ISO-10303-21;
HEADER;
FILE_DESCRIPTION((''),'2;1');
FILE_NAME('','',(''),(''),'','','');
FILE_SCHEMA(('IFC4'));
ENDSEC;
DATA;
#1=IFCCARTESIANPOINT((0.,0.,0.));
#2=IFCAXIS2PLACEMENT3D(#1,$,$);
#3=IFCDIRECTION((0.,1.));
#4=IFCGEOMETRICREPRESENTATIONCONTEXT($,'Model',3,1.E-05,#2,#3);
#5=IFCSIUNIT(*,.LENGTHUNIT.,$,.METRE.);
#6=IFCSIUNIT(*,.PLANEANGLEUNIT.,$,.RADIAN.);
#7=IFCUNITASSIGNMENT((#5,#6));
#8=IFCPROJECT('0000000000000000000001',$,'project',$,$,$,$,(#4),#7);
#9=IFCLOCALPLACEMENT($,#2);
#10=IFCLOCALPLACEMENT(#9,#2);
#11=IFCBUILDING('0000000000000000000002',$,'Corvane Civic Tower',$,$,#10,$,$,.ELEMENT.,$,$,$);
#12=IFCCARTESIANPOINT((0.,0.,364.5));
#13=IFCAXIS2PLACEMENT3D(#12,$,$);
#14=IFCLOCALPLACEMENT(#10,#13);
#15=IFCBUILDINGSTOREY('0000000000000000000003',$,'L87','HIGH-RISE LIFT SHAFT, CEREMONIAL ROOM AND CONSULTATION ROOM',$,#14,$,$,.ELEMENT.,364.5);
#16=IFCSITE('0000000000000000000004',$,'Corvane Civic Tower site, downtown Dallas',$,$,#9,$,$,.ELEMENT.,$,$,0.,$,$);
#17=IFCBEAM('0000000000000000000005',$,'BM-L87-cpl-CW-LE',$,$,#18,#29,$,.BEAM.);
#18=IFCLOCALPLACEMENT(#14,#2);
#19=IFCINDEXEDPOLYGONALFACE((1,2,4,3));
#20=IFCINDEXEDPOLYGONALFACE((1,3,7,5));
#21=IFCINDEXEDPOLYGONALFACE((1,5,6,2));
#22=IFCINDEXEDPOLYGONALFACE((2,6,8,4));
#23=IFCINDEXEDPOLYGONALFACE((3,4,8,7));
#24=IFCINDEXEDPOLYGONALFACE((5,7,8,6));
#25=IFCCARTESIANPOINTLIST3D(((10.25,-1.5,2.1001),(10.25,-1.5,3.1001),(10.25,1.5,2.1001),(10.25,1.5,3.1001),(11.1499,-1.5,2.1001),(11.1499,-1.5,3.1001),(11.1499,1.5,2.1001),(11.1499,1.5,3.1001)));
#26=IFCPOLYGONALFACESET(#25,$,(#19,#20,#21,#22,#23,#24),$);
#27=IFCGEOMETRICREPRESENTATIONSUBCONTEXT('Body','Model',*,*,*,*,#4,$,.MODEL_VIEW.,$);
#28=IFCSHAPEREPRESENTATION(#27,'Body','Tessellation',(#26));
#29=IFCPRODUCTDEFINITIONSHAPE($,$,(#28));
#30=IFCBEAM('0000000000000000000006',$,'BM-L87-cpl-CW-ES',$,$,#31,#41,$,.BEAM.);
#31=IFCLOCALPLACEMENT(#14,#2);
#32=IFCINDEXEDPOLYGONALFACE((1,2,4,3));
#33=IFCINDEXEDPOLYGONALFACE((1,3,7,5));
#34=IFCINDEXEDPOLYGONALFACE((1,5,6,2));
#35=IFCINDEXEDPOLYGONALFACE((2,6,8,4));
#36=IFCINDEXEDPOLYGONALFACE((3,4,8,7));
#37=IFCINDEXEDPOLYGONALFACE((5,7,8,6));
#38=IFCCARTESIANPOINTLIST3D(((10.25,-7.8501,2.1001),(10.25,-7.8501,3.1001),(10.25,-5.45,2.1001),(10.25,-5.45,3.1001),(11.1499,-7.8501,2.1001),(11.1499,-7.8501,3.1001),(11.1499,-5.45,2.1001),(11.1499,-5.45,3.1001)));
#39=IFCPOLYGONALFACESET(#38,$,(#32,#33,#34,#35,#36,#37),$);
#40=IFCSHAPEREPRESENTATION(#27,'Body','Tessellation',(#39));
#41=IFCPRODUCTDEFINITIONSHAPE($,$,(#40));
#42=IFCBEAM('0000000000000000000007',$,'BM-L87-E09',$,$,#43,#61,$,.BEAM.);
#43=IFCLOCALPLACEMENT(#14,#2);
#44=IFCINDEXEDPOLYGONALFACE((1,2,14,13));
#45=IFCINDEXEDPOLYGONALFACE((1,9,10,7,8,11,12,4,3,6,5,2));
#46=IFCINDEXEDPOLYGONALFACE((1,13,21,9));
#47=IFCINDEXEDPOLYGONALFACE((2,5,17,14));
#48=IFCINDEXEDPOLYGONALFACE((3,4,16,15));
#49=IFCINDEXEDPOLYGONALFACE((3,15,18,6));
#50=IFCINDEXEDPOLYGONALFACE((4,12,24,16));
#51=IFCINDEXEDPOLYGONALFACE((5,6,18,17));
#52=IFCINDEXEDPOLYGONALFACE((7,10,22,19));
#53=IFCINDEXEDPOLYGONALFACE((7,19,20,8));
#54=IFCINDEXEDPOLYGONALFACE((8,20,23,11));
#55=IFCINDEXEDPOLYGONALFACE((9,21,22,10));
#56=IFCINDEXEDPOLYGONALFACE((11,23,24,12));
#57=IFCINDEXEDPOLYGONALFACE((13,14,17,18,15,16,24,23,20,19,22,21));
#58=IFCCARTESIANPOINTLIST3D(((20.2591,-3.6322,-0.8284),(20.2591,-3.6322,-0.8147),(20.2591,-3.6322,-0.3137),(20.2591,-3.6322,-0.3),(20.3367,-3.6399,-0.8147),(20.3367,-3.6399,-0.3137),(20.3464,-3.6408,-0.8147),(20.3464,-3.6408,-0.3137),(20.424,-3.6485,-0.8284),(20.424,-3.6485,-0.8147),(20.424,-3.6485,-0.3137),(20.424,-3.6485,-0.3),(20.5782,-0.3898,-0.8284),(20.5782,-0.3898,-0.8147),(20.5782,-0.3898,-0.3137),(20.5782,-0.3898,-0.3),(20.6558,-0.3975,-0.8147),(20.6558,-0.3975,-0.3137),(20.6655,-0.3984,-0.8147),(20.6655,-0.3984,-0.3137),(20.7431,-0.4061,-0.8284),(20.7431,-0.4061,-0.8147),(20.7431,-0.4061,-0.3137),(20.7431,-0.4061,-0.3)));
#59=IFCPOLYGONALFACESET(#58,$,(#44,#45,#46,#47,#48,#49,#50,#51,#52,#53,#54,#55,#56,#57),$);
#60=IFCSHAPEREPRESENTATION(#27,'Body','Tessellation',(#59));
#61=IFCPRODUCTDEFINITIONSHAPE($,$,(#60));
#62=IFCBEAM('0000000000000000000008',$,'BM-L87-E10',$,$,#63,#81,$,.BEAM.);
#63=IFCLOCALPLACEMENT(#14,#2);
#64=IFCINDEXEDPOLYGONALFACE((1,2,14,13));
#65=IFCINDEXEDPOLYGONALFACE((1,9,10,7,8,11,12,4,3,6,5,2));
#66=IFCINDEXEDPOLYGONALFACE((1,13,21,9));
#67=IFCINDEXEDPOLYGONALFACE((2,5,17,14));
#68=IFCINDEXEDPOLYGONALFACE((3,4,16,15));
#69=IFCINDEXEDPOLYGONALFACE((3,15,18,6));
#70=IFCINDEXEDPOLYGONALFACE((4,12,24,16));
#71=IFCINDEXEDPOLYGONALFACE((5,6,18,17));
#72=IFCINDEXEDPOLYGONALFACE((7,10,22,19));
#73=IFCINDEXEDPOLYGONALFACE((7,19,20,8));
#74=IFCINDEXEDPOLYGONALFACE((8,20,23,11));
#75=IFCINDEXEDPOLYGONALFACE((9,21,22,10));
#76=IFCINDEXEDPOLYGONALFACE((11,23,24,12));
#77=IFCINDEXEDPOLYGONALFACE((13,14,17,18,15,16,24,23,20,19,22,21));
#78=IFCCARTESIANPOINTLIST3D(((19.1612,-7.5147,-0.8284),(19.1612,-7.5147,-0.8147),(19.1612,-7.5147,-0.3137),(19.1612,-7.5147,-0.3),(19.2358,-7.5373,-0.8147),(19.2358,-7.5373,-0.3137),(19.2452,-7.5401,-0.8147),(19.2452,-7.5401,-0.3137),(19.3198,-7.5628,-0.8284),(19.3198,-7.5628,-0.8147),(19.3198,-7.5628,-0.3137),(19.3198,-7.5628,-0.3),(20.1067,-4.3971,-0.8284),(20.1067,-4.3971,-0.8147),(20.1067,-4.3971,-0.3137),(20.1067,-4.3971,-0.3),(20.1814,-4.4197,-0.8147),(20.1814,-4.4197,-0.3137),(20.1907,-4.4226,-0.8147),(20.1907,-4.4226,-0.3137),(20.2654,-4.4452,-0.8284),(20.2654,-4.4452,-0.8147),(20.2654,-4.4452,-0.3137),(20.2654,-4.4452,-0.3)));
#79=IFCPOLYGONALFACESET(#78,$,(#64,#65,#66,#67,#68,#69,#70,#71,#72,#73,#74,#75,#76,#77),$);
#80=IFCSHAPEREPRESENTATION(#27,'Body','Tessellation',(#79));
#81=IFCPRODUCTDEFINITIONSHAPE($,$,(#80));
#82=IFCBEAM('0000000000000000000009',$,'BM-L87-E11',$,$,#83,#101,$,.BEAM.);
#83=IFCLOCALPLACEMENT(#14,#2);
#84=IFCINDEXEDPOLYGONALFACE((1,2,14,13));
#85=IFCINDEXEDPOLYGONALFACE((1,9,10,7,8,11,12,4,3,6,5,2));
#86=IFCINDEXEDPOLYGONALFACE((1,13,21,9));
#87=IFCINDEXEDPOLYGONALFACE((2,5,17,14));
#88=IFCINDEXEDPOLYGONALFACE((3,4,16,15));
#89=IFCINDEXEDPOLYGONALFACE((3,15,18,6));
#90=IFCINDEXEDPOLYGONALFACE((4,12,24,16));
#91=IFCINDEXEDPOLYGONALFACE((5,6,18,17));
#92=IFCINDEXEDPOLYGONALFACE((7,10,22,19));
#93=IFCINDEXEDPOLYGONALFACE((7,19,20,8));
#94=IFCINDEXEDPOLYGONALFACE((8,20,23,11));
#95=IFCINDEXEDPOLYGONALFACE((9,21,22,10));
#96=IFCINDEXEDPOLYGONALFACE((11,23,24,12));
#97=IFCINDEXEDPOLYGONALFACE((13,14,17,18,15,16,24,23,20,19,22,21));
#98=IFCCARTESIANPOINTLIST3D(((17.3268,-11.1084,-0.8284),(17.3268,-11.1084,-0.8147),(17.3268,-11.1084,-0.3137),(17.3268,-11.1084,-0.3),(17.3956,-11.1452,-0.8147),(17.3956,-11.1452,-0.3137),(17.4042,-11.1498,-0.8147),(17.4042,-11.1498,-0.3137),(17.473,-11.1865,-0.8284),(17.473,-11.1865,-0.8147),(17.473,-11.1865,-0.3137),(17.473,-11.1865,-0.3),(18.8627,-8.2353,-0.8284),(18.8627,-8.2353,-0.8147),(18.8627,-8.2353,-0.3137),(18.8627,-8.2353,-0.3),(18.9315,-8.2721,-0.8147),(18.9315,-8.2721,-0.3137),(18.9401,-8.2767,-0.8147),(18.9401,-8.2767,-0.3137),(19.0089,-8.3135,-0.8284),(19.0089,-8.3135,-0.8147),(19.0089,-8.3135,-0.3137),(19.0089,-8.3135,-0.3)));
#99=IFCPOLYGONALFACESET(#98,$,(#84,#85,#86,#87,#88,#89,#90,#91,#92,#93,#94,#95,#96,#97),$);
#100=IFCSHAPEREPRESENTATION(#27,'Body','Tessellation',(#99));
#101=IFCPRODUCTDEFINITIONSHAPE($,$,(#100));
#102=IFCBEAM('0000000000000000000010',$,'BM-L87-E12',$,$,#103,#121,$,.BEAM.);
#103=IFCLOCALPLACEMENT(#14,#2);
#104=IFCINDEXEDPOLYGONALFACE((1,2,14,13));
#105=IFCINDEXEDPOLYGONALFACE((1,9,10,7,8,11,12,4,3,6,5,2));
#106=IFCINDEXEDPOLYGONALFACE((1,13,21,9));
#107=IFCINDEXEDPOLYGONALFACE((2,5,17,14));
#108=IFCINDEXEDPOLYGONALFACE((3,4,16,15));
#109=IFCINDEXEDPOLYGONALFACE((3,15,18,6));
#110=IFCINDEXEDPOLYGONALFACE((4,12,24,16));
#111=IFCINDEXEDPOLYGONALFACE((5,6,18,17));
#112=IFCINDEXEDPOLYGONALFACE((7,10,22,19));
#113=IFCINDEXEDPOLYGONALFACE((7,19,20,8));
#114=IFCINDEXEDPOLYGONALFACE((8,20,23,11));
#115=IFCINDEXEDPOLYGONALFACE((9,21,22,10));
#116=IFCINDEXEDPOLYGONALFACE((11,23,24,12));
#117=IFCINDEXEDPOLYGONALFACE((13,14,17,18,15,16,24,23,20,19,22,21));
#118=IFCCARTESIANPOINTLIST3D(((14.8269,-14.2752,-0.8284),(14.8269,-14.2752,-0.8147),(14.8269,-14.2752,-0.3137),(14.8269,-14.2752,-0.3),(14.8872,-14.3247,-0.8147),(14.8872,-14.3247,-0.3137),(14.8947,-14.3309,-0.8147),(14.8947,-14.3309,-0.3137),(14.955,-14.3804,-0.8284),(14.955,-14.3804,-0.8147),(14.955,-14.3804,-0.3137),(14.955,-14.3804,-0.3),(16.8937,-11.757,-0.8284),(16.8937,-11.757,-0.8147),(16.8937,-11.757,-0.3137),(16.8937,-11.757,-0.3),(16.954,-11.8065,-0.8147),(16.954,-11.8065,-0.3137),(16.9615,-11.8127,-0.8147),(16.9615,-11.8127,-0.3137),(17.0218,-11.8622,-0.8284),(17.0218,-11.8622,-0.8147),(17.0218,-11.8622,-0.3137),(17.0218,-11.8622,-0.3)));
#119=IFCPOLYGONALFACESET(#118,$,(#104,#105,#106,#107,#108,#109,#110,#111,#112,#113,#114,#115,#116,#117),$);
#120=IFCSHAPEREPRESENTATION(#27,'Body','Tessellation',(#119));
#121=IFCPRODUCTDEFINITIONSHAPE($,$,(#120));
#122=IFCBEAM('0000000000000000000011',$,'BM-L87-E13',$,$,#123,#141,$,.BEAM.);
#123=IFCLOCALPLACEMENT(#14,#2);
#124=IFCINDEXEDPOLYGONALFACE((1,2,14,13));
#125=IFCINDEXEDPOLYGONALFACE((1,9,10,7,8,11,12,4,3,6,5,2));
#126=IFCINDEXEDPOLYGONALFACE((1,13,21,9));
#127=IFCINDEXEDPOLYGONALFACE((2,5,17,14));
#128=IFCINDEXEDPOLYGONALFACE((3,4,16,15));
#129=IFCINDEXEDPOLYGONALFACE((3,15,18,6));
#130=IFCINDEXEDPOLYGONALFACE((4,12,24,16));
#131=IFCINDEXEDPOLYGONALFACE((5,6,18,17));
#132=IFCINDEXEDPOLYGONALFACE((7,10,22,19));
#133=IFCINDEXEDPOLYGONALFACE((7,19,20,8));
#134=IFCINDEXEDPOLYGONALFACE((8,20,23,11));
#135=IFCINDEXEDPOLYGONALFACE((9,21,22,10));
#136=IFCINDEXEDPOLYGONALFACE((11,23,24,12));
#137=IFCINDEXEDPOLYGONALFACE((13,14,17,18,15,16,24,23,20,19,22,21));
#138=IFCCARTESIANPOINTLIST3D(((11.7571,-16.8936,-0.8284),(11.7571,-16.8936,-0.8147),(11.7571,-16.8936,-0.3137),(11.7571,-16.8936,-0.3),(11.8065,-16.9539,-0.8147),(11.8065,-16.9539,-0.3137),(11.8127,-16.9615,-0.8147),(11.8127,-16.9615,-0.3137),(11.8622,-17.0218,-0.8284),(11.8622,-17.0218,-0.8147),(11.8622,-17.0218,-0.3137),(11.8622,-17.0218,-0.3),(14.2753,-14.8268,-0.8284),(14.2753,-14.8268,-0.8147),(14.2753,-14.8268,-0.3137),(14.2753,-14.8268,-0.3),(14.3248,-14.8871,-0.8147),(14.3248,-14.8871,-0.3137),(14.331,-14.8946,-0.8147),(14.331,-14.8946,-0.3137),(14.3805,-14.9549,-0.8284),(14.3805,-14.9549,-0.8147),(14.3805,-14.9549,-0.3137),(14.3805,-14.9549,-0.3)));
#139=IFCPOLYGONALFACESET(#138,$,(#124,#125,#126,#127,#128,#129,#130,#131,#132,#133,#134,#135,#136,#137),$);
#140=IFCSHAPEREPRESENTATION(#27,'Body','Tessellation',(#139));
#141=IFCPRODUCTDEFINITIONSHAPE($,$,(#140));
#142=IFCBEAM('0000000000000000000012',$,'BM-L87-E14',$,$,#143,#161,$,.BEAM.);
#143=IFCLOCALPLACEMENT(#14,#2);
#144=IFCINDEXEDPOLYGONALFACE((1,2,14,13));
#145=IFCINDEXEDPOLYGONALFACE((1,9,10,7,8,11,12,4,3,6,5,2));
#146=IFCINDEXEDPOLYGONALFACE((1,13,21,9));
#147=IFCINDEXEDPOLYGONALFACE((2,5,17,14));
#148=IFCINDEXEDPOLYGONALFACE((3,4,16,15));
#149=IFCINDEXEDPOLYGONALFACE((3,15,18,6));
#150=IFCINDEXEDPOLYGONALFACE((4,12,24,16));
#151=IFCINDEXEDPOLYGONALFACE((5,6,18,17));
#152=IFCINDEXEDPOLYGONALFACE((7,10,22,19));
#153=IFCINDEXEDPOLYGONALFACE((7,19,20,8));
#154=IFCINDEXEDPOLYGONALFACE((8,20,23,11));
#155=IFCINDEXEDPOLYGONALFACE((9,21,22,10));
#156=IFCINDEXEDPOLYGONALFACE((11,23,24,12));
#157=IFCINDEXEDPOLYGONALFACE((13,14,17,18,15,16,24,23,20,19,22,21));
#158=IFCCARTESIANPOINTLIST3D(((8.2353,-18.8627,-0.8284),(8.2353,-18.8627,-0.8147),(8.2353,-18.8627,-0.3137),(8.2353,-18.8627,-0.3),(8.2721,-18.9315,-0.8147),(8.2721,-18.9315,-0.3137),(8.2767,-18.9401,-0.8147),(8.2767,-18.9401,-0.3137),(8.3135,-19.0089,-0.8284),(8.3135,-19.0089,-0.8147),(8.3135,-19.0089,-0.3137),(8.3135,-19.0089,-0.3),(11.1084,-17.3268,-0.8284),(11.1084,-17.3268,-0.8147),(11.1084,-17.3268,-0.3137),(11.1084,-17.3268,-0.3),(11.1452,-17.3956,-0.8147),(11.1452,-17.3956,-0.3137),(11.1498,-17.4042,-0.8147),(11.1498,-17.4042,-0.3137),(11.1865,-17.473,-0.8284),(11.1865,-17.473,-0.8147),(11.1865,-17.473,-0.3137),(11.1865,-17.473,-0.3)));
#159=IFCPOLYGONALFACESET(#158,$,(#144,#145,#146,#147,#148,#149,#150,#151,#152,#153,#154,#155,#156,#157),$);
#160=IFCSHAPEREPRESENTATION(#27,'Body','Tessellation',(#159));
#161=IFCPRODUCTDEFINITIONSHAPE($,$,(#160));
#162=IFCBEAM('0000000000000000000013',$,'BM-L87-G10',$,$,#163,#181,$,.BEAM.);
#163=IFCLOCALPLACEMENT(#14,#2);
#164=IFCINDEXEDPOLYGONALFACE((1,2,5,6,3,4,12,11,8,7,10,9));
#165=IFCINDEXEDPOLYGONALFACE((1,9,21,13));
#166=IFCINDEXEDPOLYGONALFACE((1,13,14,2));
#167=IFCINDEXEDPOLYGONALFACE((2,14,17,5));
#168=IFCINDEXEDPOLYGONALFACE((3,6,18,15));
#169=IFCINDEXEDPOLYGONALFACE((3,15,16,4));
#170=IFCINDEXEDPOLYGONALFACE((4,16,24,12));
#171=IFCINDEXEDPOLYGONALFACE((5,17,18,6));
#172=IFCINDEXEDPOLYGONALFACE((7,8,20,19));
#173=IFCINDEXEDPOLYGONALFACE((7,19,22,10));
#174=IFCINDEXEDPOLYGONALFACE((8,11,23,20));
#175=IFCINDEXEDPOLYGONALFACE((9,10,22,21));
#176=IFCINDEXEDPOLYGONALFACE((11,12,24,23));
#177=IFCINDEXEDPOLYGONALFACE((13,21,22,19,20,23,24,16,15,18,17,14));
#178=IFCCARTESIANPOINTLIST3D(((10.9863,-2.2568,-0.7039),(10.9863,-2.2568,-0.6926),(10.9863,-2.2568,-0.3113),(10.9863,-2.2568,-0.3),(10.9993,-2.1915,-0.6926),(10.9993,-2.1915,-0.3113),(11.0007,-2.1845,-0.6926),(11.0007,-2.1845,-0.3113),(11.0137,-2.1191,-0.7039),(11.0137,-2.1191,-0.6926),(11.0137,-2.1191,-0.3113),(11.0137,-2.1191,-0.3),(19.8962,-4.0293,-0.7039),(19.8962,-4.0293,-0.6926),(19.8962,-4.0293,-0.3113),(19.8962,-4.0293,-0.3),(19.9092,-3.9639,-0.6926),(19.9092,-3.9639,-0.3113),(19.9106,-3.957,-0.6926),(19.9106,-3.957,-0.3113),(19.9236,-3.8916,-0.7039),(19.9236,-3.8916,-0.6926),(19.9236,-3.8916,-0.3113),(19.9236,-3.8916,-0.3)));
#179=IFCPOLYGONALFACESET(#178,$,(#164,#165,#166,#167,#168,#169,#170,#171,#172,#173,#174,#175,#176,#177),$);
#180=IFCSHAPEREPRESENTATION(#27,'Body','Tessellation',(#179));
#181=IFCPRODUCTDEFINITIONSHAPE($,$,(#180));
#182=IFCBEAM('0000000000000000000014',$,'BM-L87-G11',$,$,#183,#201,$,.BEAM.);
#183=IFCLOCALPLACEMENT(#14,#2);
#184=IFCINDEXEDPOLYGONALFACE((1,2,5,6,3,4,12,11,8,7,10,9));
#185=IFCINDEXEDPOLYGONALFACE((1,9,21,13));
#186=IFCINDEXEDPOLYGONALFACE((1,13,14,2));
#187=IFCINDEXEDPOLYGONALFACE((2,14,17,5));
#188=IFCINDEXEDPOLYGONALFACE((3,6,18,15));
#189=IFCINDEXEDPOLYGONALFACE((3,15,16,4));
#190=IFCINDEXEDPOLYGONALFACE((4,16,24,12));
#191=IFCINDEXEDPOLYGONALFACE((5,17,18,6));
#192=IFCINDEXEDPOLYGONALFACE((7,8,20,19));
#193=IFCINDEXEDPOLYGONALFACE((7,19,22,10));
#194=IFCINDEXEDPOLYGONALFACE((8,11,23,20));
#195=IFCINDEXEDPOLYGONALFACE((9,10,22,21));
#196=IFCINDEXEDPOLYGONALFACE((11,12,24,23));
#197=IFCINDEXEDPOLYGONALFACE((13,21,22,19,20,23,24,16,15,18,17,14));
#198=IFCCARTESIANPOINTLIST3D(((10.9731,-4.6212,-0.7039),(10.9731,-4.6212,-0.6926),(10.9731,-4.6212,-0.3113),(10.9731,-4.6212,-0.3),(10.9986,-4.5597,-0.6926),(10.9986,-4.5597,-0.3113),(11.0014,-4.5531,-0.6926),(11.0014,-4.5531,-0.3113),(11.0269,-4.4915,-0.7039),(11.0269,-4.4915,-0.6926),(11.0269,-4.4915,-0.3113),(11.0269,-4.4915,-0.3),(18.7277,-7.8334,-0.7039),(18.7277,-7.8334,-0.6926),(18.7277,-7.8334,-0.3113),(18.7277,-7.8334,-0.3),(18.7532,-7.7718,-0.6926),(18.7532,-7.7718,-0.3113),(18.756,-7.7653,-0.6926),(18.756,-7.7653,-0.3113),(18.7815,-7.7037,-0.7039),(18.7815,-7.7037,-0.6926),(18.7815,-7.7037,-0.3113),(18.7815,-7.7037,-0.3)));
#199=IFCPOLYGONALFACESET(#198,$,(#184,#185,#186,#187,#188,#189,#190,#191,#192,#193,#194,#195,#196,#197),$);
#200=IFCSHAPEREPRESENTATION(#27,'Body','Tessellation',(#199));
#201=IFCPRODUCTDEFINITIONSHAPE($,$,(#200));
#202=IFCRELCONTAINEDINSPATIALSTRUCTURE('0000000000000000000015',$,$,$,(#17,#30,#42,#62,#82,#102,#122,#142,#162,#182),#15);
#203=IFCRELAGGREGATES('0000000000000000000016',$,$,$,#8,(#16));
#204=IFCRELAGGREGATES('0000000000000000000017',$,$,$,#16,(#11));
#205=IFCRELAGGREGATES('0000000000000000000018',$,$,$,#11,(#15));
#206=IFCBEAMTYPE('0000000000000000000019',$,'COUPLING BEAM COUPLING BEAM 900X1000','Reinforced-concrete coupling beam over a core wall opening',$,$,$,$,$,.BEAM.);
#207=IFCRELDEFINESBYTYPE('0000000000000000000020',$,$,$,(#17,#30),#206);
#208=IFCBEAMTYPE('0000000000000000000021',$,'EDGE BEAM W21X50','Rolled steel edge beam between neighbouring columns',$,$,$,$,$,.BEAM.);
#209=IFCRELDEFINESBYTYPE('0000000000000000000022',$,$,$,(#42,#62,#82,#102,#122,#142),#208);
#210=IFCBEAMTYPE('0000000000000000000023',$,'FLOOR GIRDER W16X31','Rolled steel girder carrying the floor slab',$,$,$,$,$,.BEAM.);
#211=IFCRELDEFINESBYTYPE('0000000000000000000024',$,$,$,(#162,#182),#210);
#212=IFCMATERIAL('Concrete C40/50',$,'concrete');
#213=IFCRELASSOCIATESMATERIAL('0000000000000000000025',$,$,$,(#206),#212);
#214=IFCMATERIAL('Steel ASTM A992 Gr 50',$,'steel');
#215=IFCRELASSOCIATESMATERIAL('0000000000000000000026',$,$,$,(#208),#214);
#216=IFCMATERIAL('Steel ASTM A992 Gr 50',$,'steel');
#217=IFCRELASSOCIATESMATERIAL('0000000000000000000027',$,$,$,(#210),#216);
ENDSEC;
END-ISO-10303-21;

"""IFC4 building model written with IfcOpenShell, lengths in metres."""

from ifc_helpers import new_model, si_unit, direction, frame, origin, origin_2d, place, context, subcontext, project, spatial, rectangle, i_section, extrude, material, material_profile, profile_set, type_object, element, save


model = new_model("IFC4")

# Units and contexts
model_context = context("Model", 3, precision=1e-05, world=origin(), true_north=direction((0.0, 1.0)))
body_context = subcontext(model_context, "Body", "Model", "MODEL_VIEW")
ifc_project = project(units=[si_unit("LENGTHUNIT", "METRE"), si_unit("PLANEANGLEUNIT", "RADIAN")], contexts=[model_context])

# Site, building, storey
site_placement = place(None, origin())
site = spatial("IfcSite", under=ifc_project, at=site_placement, Name="Corvane Civic Tower site, downtown Dallas", CompositionType="ELEMENT", RefElevation=0.0)
building_placement = place(site_placement, origin())
building = spatial("IfcBuilding", under=site, at=building_placement, Name="Corvane Civic Tower", CompositionType="ELEMENT")
storey_placement = place(building_placement, frame((0.0, 0.0, 364.5)))
storey = spatial("IfcBuildingStorey", under=building, at=storey_placement, Name="L87", Description="HIGH-RISE LIFT SHAFT, CEREMONIAL ROOM AND CONSULTATION ROOM", CompositionType="ELEMENT", Elevation=364.5)

# Beams
ifc_material_1 = material(Name="Concrete C40/50", Category="concrete")
ifc_material_profile_1 = material_profile(ifc_material_1, rectangle(XDim=0.8999, YDim=1.0, at=origin_2d()), Name="COUPLING BEAM 900X1000")
ifc_profile_set_1 = profile_set([ifc_material_profile_1], Name="Concrete C40/50")
beam_type_1 = type_object("IfcBeamType", Name="COUPLING BEAM COUPLING BEAM 900X1000", Description="Reinforced-concrete coupling beam over a core wall opening", PredefinedType="BEAM", material=ifc_profile_set_1)
beam_1_placement = place(storey_placement, frame((10.7, -1.5, 2.6001), z_axis=(0.0, 1.0, 0.0), x_axis=(-1.0, 0.0, 0.0)))
element("IfcBeam", 1, at=beam_1_placement, inside=storey, type_object=beam_type_1, Name="BM-L87-cpl-CW-LE", PredefinedType="BEAM", context=body_context, shape_type="SweptSolid", body=[
    extrude(rectangle(XDim=0.8999, YDim=1.0, at=origin_2d()), origin(), (0.0, 0.0, 1.0), 3.0),
])
beam_2_placement = place(storey_placement, frame((10.7, -7.8501, 2.6001), z_axis=(0.0, 1.0, 0.0), x_axis=(-1.0, 0.0, 0.0)))
element("IfcBeam", 2, at=beam_2_placement, inside=storey, type_object=beam_type_1, Name="BM-L87-cpl-CW-ES", PredefinedType="BEAM", context=body_context, shape_type="SweptSolid", body=[
    extrude(rectangle(XDim=0.8999, YDim=1.0, at=origin_2d()), origin(), (0.0, 0.0, 1.0), 2.4001),
])
ifc_material_2 = material(Name="Steel ASTM A992 Gr 50", Category="steel")
ifc_material_profile_2 = material_profile(ifc_material_2, i_section(OverallWidth=0.1658, OverallDepth=0.5283, WebThickness=0.0098, FlangeThickness=0.0137, at=origin_2d()), Name="W21X50")
ifc_profile_set_2 = profile_set([ifc_material_profile_2], Name="Steel ASTM A992 Gr 50")
beam_type_2 = type_object("IfcBeamType", Name="EDGE BEAM W21X50", Description="Rolled steel edge beam between neighbouring columns", PredefinedType="BEAM", material=ifc_profile_set_2)
beam_3_placement = place(storey_placement, frame((20.6606, -0.3979, -0.5642), z_axis=(-0.097938, -0.995193, 0.0), x_axis=(0.995193, -0.097938, 0.0)))
element("IfcBeam", 3, at=beam_3_placement, inside=storey, type_object=beam_type_2, Name="BM-L87-E09", PredefinedType="BEAM", context=body_context, shape_type="SweptSolid", body=[
    extrude(i_section(OverallWidth=0.1658, OverallDepth=0.5283, WebThickness=0.0098, FlangeThickness=0.0137, at=origin_2d()), origin(), (0.0, 0.0, 1.0), 3.2581),
])
for number, where, z_axis, x_axis, name in (
    (4, (20.186, -4.4211, -0.5642), (-0.290234, -0.956956, 0.0), (0.956956, -0.290234, 0.0), "BM-L87-E10"),
    (5, (18.9358, -8.2744, -0.5642), (-0.471448, -0.881894, 0.0), (0.881894, -0.471448, 0.0), "BM-L87-E11"),
    (6, (16.9578, -11.8096, -0.5642), (-0.634425, -0.772985, 0.0), (0.772985, -0.634425, 0.0), "BM-L87-E12"),
    (7, (14.3279, -14.8909, -0.5642), (-0.772985, -0.634425, 0.0), (0.634425, -0.772985, 0.0), "BM-L87-E13"),
    (8, (11.1475, -17.3999, -0.5642), (-0.881894, -0.471448, 0.0), (0.471448, -0.881894, 0.0), "BM-L87-E14"),
):
    element("IfcBeam", number, at=place(storey_placement, frame(where, z_axis=z_axis, x_axis=x_axis)), inside=storey, type_object=beam_type_2, Name=name, PredefinedType="BEAM", context=body_context, shape_type="SweptSolid", body=[
        extrude(i_section(OverallWidth=0.1658, OverallDepth=0.5283, WebThickness=0.0098, FlangeThickness=0.0137, at=origin_2d()), origin(), (0.0, 0.0, 1.0), 3.2578),
    ])
ifc_material_3 = material(Name="Steel ASTM A992 Gr 50", Category="steel")
ifc_material_profile_3 = material_profile(ifc_material_3, i_section(OverallWidth=0.1404, OverallDepth=0.4038, WebThickness=0.0071, FlangeThickness=0.0112, at=origin_2d()), Name="W16X31")
ifc_profile_set_3 = profile_set([ifc_material_profile_3], Name="Steel ASTM A992 Gr 50")
beam_type_3 = type_object("IfcBeamType", Name="FLOOR GIRDER W16X31", Description="Rolled steel girder carrying the floor slab", PredefinedType="BEAM", material=ifc_profile_set_3)
beam_4_placement = place(storey_placement, frame((11.0, -2.188, -0.502), z_axis=(0.980782, -0.195108, 0.0), x_axis=(0.195108, 0.980782, 0.0)))
element("IfcBeam", 9, at=beam_4_placement, inside=storey, type_object=beam_type_3, Name="BM-L87-G10", PredefinedType="BEAM", context=body_context, shape_type="SweptSolid", body=[
    extrude(i_section(OverallWidth=0.1404, OverallDepth=0.4038, WebThickness=0.0071, FlangeThickness=0.0112, at=origin_2d()), origin(), (0.0, 0.0, 1.0), 9.0845),
])
beam_5_placement = place(storey_placement, frame((11.0, -4.5564, -0.502), z_axis=(0.923876, -0.382692, 0.0), x_axis=(0.382692, 0.923876, 0.0)))
element("IfcBeam", 10, at=beam_5_placement, inside=storey, type_object=beam_type_3, Name="BM-L87-G11", PredefinedType="BEAM", context=body_context, shape_type="SweptSolid", body=[
    extrude(i_section(OverallWidth=0.1404, OverallDepth=0.4038, WebThickness=0.0071, FlangeThickness=0.0112, at=origin_2d()), origin(), (0.0, 0.0, 1.0), 8.3936),
])

save(model, "model.ifc")
